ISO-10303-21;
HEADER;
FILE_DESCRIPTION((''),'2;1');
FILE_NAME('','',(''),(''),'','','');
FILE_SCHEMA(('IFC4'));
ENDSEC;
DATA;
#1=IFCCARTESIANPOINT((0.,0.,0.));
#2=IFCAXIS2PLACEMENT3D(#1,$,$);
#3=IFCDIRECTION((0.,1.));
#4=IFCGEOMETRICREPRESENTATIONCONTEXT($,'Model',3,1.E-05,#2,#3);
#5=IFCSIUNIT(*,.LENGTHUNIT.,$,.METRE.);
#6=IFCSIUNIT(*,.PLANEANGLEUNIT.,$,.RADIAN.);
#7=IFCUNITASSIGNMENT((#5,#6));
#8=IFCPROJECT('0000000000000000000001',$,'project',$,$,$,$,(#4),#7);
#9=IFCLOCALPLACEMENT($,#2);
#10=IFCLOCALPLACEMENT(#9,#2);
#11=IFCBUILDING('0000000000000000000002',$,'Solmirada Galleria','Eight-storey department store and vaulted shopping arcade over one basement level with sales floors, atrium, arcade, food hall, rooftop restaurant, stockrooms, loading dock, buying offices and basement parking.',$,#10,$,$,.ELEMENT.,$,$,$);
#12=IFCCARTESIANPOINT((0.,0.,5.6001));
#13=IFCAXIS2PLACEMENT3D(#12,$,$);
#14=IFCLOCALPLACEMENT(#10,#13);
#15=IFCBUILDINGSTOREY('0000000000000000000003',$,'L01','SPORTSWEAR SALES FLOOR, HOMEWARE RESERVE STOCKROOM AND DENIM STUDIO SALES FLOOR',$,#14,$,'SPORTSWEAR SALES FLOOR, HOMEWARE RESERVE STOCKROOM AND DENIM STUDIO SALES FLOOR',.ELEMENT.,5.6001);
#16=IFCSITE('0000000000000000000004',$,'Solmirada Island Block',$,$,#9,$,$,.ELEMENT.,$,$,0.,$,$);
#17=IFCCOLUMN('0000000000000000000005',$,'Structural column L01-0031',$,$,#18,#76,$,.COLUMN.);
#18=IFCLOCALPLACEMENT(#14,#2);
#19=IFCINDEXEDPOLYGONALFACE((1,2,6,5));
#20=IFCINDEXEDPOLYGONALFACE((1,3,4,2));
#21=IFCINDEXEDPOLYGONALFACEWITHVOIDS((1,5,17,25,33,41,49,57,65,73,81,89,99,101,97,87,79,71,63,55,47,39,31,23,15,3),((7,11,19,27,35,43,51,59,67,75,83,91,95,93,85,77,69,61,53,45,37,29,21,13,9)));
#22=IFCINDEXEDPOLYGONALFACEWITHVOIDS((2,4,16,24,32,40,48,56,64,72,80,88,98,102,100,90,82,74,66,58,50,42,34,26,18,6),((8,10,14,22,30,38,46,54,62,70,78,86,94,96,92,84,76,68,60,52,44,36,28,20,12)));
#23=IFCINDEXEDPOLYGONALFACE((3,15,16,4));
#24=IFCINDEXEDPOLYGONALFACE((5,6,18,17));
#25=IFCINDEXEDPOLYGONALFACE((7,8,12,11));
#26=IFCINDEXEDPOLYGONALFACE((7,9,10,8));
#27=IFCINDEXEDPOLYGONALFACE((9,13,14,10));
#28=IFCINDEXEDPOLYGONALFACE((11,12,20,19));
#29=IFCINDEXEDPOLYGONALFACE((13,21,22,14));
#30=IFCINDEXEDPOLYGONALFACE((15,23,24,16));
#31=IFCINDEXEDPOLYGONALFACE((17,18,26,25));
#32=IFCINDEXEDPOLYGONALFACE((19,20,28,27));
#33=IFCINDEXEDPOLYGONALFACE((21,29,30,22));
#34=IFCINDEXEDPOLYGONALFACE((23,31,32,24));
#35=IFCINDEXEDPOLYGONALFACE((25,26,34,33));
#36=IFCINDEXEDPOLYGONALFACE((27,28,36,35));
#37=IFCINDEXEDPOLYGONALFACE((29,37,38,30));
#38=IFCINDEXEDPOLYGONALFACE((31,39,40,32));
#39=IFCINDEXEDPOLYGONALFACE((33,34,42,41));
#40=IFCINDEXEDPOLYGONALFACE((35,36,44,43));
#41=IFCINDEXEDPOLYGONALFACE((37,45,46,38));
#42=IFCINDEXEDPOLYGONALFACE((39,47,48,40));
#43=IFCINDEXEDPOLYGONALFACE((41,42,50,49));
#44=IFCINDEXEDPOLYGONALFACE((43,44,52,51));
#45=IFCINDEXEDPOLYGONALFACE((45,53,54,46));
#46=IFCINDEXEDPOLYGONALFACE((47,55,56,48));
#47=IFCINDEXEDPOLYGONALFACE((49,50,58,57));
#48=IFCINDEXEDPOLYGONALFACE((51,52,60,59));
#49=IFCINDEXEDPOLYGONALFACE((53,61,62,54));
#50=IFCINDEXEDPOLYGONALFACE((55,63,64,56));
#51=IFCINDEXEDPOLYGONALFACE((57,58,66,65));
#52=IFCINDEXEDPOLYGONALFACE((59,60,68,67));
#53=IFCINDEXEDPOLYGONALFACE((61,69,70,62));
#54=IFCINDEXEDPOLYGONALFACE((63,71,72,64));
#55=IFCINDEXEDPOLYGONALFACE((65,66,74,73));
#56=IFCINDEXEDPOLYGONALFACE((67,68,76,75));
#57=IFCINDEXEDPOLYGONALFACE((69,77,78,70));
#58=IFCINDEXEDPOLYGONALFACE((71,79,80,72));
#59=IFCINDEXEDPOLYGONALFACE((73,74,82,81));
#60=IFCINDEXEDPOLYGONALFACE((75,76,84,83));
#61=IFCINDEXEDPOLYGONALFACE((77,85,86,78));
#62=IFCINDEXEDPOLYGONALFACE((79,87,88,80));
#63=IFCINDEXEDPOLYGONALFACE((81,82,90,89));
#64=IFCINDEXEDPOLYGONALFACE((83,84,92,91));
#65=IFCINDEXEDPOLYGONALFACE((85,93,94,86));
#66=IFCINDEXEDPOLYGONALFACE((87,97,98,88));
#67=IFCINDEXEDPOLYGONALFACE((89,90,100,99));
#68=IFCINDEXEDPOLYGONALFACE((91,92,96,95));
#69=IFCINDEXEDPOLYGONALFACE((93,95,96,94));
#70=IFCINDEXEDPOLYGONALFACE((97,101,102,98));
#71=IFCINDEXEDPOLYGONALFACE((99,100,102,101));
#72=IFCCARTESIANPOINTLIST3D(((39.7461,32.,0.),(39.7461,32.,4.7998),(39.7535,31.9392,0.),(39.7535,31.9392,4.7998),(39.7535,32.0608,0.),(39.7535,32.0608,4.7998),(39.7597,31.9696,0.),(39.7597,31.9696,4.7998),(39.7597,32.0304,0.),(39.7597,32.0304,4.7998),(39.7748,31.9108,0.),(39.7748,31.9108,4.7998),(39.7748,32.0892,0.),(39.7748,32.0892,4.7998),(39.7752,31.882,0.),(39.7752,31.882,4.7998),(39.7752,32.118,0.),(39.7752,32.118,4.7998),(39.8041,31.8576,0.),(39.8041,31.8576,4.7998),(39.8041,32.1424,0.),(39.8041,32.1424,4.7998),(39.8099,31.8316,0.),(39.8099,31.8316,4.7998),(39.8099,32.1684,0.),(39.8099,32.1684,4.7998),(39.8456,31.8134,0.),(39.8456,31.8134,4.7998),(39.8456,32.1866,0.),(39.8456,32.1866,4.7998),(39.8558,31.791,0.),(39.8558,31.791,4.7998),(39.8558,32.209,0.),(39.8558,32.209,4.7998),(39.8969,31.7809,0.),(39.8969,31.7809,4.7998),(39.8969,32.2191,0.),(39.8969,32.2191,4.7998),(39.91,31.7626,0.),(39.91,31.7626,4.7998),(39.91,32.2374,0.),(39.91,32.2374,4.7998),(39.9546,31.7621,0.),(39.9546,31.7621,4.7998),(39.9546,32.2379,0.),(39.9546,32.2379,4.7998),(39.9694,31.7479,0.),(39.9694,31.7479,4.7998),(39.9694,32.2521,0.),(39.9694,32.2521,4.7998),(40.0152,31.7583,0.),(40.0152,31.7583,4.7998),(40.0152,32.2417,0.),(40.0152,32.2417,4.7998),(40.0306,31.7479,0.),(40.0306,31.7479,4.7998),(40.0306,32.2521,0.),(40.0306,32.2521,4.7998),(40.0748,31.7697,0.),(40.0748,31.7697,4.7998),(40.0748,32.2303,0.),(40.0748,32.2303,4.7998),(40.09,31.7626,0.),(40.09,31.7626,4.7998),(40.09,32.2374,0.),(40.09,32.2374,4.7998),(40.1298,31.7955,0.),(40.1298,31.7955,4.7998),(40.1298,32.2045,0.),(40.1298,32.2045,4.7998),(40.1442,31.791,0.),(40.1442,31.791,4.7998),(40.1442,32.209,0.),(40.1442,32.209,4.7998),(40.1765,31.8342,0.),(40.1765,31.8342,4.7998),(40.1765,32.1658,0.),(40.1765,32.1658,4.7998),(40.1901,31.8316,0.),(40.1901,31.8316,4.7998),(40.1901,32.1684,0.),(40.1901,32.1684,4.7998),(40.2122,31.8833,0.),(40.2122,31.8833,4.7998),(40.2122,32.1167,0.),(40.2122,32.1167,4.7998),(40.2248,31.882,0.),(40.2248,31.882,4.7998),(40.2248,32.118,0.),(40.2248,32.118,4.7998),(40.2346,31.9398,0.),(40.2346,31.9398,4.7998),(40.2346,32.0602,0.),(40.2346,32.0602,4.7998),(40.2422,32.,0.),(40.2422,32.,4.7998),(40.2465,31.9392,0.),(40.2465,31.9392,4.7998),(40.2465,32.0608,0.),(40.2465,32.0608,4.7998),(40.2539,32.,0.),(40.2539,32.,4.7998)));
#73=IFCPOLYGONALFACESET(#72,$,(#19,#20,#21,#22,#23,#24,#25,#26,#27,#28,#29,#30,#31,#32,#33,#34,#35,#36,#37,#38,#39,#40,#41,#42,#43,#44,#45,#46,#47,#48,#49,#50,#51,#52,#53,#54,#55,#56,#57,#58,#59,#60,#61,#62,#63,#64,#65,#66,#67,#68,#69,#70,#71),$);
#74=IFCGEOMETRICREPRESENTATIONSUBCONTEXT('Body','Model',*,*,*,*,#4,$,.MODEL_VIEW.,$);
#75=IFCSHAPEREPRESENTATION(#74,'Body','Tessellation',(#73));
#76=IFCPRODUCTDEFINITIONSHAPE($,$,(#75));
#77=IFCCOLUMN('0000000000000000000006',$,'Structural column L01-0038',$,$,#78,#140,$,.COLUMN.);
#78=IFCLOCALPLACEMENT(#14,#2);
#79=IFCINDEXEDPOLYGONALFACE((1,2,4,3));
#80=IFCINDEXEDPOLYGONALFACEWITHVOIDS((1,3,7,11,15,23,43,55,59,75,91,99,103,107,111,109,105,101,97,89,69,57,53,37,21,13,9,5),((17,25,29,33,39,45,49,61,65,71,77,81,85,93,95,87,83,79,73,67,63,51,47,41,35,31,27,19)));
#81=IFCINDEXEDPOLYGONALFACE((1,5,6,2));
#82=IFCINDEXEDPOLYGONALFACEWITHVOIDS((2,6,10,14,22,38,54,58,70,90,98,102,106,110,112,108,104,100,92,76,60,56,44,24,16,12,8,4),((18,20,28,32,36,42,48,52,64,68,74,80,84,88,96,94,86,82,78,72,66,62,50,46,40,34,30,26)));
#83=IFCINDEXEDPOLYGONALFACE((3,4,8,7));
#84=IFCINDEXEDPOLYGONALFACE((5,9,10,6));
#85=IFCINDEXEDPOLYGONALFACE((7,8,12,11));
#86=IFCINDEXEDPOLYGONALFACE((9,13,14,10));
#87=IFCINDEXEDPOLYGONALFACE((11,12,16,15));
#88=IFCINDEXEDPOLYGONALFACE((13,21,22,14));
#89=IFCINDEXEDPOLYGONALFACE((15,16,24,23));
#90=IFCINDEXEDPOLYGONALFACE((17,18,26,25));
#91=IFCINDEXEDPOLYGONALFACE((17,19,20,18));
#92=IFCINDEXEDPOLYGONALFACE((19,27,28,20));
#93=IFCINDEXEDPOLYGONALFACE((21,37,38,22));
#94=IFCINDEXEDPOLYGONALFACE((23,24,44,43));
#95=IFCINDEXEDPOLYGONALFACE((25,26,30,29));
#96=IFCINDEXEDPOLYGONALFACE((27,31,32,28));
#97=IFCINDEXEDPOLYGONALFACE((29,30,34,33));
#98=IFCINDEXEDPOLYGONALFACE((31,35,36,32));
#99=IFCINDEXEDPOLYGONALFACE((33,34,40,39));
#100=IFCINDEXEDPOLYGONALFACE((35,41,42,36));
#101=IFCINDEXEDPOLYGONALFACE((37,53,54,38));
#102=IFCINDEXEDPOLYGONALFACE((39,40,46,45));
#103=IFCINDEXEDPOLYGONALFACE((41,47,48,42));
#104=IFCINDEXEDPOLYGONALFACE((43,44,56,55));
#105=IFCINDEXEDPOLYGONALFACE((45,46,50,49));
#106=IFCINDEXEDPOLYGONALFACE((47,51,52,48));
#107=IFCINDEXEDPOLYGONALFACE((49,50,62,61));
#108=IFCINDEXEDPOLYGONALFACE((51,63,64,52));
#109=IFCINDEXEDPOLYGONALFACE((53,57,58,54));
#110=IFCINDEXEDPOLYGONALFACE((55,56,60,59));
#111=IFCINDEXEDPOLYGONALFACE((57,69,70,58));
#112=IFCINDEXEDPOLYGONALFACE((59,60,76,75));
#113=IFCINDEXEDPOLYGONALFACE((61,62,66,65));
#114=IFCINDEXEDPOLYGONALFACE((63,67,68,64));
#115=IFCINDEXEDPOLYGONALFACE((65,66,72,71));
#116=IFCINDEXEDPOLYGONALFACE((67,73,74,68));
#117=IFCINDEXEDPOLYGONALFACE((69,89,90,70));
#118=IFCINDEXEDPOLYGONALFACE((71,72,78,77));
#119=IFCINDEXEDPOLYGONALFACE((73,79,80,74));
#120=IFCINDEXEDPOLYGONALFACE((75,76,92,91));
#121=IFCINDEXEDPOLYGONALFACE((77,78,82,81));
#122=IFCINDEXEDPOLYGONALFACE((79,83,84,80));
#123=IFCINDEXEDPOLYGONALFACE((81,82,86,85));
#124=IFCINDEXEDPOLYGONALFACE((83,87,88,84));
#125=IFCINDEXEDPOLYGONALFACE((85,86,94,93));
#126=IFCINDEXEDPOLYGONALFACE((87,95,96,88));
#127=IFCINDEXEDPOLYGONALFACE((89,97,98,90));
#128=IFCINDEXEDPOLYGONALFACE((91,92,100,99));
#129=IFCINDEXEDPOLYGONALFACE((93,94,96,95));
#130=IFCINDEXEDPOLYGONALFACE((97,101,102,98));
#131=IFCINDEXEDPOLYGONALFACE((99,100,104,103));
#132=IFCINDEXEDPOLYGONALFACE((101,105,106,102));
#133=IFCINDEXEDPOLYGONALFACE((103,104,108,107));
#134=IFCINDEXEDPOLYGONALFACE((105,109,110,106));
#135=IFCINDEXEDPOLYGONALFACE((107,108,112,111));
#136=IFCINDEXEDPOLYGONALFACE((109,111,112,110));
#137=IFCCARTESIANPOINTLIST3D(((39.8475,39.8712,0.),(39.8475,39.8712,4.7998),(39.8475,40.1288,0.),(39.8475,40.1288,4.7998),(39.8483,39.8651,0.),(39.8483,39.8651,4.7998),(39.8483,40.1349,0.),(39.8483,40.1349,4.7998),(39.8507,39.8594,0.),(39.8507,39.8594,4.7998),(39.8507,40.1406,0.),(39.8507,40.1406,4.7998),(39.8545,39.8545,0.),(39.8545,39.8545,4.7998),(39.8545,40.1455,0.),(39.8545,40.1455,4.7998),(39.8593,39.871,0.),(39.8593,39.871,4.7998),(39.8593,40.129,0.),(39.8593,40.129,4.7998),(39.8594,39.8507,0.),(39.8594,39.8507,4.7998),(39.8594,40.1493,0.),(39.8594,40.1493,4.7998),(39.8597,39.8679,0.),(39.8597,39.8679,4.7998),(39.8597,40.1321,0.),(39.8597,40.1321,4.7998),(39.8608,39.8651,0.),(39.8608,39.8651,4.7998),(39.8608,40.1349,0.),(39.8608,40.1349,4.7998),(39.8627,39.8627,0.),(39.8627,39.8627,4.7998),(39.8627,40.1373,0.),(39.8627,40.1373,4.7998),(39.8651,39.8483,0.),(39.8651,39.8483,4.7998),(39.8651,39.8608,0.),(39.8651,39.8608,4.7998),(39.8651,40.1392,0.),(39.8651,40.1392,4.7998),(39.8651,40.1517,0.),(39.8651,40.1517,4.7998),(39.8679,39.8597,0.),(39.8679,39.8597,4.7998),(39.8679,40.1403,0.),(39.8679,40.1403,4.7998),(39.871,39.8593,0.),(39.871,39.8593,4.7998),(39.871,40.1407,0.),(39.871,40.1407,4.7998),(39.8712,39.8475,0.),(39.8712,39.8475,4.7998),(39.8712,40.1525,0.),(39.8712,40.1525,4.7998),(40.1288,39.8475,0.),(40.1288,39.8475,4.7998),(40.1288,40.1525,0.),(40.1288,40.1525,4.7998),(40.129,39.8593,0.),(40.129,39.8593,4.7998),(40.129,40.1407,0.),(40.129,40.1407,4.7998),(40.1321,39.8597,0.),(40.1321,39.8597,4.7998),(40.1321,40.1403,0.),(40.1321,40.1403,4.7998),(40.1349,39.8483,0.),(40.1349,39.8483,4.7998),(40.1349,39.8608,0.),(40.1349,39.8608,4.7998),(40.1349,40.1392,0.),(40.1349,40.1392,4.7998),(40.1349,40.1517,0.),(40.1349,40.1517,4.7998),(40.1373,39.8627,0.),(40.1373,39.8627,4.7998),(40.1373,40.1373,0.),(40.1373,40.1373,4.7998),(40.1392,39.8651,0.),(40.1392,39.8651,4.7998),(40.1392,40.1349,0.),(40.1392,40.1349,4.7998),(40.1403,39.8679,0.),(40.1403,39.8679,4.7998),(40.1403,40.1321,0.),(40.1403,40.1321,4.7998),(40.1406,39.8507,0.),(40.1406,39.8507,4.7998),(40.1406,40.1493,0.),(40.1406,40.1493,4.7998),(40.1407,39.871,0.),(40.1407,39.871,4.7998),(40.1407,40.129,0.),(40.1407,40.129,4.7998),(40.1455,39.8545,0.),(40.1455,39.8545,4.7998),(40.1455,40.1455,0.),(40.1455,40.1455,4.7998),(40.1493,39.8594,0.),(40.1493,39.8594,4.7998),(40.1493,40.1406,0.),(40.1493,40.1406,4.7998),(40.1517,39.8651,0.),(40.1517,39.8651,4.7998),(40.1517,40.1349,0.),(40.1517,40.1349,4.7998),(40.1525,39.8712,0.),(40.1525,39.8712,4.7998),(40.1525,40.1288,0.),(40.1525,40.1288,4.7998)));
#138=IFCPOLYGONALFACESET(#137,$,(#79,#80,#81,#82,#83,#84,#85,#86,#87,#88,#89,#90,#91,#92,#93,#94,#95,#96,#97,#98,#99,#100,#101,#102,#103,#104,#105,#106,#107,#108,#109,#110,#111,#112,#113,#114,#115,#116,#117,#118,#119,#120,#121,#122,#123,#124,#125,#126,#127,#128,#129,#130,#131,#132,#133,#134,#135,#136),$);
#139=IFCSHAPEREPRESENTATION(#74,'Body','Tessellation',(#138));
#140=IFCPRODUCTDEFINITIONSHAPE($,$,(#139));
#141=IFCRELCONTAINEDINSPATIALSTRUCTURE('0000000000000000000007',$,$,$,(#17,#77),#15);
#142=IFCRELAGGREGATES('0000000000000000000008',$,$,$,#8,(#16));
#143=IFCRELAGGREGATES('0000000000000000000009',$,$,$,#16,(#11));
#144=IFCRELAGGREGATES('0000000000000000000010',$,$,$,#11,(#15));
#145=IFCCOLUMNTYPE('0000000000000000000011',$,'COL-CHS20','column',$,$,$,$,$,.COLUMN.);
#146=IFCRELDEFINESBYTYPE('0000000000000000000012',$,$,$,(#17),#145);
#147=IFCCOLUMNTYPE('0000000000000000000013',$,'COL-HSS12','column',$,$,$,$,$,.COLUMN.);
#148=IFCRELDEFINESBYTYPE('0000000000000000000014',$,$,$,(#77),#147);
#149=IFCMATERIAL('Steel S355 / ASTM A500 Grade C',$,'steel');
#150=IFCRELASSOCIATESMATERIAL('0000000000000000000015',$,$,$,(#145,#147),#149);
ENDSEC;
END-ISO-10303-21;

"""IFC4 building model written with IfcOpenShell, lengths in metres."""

from ifc_helpers import new_model, si_unit, direction, frame, origin, origin_2d, place, context, subcontext, project, spatial, hollow_rectangle, hollow_circle, extrude, material, material_profile, profile_set, type_object, element, save


model = new_model("IFC4")

# Units and contexts
model_context = context("Model", 3, precision=1e-05, world=origin(), true_north=direction((0.0, 1.0)))
body_context = subcontext(model_context, "Body", "Model", "MODEL_VIEW")
ifc_project = project(units=[si_unit("LENGTHUNIT", "METRE"), si_unit("PLANEANGLEUNIT", "RADIAN")], contexts=[model_context])

# Site, building, storey
site_placement = place(None, origin())
site = spatial("IfcSite", under=ifc_project, at=site_placement, Name="Solmirada Island Block", CompositionType="ELEMENT", RefElevation=0.0)
building_placement = place(site_placement, origin())
building = spatial("IfcBuilding", under=site, at=building_placement, Name="Solmirada Galleria", Description="Eight-storey department store and vaulted shopping arcade over one basement level with sales floors, atrium, arcade, food hall, rooftop restaurant, stockrooms, loading dock, buying offices and basement parking.", CompositionType="ELEMENT")
storey_placement = place(building_placement, frame((0.0, 0.0, 5.6001)))
storey = spatial("IfcBuildingStorey", under=building, at=storey_placement, Name="L01", Description="SPORTSWEAR SALES FLOOR, HOMEWARE RESERVE STOCKROOM AND DENIM STUDIO SALES FLOOR", LongName="SPORTSWEAR SALES FLOOR, HOMEWARE RESERVE STOCKROOM AND DENIM STUDIO SALES FLOOR", CompositionType="ELEMENT", Elevation=5.6001)

# Columns
ifc_material_1 = material(Name="Steel S355 / ASTM A500 Grade C", Category="steel")
ifc_material_profile_1 = material_profile(ifc_material_1, hollow_circle(Radius=0.2539, WallThickness=0.0117, at=origin_2d()), Name="HSS20.000X0.500")
ifc_profile_set_1 = profile_set([ifc_material_profile_1], Name="Steel S355 / ASTM A500 Grade C")
column_type_1 = type_object("IfcColumnType", Name="COL-CHS20", Description="column", PredefinedType="COLUMN", material=ifc_profile_set_1)
column_1_placement = place(storey_placement, frame((40.0, 32.0, 0.0), z_axis=(0.0, 0.0, 1.0), x_axis=(1.0, 0.0, 0.0)))
element("IfcColumn", 1, at=column_1_placement, inside=storey, type_object=column_type_1, Name="Structural column L01-0031", PredefinedType="COLUMN", context=body_context, shape_type="SweptSolid", body=[
    extrude(hollow_circle(Radius=0.2539, WallThickness=0.0117, at=origin_2d()), origin(), (0.0, 0.0, 1.0), 4.7998),
])
ifc_material_profile_2 = material_profile(ifc_material_1, hollow_rectangle(XDim=0.3049, YDim=0.3049, WallThickness=0.0117, InnerFilletRadius=0.0117, OuterFilletRadius=0.0237, at=origin_2d()), Name="HSS12X12X1/2")
ifc_profile_set_2 = profile_set([ifc_material_profile_2], Name="Steel S355 / ASTM A500 Grade C")
column_type_2 = type_object("IfcColumnType", Name="COL-HSS12", Description="column", PredefinedType="COLUMN", material=ifc_profile_set_2)
column_2_placement = place(storey_placement, frame((40.0, 40.0, 0.0), z_axis=(0.0, 0.0, 1.0), x_axis=(1.0, 0.0, 0.0)))
element("IfcColumn", 2, at=column_2_placement, inside=storey, type_object=column_type_2, Name="Structural column L01-0038", PredefinedType="COLUMN", context=body_context, shape_type="SweptSolid", body=[
    extrude(hollow_rectangle(XDim=0.3049, YDim=0.3049, WallThickness=0.0117, InnerFilletRadius=0.0117, OuterFilletRadius=0.0237, at=origin_2d()), origin(), (0.0, 0.0, 1.0), 4.7998),
])

save(model, "model.ifc")
